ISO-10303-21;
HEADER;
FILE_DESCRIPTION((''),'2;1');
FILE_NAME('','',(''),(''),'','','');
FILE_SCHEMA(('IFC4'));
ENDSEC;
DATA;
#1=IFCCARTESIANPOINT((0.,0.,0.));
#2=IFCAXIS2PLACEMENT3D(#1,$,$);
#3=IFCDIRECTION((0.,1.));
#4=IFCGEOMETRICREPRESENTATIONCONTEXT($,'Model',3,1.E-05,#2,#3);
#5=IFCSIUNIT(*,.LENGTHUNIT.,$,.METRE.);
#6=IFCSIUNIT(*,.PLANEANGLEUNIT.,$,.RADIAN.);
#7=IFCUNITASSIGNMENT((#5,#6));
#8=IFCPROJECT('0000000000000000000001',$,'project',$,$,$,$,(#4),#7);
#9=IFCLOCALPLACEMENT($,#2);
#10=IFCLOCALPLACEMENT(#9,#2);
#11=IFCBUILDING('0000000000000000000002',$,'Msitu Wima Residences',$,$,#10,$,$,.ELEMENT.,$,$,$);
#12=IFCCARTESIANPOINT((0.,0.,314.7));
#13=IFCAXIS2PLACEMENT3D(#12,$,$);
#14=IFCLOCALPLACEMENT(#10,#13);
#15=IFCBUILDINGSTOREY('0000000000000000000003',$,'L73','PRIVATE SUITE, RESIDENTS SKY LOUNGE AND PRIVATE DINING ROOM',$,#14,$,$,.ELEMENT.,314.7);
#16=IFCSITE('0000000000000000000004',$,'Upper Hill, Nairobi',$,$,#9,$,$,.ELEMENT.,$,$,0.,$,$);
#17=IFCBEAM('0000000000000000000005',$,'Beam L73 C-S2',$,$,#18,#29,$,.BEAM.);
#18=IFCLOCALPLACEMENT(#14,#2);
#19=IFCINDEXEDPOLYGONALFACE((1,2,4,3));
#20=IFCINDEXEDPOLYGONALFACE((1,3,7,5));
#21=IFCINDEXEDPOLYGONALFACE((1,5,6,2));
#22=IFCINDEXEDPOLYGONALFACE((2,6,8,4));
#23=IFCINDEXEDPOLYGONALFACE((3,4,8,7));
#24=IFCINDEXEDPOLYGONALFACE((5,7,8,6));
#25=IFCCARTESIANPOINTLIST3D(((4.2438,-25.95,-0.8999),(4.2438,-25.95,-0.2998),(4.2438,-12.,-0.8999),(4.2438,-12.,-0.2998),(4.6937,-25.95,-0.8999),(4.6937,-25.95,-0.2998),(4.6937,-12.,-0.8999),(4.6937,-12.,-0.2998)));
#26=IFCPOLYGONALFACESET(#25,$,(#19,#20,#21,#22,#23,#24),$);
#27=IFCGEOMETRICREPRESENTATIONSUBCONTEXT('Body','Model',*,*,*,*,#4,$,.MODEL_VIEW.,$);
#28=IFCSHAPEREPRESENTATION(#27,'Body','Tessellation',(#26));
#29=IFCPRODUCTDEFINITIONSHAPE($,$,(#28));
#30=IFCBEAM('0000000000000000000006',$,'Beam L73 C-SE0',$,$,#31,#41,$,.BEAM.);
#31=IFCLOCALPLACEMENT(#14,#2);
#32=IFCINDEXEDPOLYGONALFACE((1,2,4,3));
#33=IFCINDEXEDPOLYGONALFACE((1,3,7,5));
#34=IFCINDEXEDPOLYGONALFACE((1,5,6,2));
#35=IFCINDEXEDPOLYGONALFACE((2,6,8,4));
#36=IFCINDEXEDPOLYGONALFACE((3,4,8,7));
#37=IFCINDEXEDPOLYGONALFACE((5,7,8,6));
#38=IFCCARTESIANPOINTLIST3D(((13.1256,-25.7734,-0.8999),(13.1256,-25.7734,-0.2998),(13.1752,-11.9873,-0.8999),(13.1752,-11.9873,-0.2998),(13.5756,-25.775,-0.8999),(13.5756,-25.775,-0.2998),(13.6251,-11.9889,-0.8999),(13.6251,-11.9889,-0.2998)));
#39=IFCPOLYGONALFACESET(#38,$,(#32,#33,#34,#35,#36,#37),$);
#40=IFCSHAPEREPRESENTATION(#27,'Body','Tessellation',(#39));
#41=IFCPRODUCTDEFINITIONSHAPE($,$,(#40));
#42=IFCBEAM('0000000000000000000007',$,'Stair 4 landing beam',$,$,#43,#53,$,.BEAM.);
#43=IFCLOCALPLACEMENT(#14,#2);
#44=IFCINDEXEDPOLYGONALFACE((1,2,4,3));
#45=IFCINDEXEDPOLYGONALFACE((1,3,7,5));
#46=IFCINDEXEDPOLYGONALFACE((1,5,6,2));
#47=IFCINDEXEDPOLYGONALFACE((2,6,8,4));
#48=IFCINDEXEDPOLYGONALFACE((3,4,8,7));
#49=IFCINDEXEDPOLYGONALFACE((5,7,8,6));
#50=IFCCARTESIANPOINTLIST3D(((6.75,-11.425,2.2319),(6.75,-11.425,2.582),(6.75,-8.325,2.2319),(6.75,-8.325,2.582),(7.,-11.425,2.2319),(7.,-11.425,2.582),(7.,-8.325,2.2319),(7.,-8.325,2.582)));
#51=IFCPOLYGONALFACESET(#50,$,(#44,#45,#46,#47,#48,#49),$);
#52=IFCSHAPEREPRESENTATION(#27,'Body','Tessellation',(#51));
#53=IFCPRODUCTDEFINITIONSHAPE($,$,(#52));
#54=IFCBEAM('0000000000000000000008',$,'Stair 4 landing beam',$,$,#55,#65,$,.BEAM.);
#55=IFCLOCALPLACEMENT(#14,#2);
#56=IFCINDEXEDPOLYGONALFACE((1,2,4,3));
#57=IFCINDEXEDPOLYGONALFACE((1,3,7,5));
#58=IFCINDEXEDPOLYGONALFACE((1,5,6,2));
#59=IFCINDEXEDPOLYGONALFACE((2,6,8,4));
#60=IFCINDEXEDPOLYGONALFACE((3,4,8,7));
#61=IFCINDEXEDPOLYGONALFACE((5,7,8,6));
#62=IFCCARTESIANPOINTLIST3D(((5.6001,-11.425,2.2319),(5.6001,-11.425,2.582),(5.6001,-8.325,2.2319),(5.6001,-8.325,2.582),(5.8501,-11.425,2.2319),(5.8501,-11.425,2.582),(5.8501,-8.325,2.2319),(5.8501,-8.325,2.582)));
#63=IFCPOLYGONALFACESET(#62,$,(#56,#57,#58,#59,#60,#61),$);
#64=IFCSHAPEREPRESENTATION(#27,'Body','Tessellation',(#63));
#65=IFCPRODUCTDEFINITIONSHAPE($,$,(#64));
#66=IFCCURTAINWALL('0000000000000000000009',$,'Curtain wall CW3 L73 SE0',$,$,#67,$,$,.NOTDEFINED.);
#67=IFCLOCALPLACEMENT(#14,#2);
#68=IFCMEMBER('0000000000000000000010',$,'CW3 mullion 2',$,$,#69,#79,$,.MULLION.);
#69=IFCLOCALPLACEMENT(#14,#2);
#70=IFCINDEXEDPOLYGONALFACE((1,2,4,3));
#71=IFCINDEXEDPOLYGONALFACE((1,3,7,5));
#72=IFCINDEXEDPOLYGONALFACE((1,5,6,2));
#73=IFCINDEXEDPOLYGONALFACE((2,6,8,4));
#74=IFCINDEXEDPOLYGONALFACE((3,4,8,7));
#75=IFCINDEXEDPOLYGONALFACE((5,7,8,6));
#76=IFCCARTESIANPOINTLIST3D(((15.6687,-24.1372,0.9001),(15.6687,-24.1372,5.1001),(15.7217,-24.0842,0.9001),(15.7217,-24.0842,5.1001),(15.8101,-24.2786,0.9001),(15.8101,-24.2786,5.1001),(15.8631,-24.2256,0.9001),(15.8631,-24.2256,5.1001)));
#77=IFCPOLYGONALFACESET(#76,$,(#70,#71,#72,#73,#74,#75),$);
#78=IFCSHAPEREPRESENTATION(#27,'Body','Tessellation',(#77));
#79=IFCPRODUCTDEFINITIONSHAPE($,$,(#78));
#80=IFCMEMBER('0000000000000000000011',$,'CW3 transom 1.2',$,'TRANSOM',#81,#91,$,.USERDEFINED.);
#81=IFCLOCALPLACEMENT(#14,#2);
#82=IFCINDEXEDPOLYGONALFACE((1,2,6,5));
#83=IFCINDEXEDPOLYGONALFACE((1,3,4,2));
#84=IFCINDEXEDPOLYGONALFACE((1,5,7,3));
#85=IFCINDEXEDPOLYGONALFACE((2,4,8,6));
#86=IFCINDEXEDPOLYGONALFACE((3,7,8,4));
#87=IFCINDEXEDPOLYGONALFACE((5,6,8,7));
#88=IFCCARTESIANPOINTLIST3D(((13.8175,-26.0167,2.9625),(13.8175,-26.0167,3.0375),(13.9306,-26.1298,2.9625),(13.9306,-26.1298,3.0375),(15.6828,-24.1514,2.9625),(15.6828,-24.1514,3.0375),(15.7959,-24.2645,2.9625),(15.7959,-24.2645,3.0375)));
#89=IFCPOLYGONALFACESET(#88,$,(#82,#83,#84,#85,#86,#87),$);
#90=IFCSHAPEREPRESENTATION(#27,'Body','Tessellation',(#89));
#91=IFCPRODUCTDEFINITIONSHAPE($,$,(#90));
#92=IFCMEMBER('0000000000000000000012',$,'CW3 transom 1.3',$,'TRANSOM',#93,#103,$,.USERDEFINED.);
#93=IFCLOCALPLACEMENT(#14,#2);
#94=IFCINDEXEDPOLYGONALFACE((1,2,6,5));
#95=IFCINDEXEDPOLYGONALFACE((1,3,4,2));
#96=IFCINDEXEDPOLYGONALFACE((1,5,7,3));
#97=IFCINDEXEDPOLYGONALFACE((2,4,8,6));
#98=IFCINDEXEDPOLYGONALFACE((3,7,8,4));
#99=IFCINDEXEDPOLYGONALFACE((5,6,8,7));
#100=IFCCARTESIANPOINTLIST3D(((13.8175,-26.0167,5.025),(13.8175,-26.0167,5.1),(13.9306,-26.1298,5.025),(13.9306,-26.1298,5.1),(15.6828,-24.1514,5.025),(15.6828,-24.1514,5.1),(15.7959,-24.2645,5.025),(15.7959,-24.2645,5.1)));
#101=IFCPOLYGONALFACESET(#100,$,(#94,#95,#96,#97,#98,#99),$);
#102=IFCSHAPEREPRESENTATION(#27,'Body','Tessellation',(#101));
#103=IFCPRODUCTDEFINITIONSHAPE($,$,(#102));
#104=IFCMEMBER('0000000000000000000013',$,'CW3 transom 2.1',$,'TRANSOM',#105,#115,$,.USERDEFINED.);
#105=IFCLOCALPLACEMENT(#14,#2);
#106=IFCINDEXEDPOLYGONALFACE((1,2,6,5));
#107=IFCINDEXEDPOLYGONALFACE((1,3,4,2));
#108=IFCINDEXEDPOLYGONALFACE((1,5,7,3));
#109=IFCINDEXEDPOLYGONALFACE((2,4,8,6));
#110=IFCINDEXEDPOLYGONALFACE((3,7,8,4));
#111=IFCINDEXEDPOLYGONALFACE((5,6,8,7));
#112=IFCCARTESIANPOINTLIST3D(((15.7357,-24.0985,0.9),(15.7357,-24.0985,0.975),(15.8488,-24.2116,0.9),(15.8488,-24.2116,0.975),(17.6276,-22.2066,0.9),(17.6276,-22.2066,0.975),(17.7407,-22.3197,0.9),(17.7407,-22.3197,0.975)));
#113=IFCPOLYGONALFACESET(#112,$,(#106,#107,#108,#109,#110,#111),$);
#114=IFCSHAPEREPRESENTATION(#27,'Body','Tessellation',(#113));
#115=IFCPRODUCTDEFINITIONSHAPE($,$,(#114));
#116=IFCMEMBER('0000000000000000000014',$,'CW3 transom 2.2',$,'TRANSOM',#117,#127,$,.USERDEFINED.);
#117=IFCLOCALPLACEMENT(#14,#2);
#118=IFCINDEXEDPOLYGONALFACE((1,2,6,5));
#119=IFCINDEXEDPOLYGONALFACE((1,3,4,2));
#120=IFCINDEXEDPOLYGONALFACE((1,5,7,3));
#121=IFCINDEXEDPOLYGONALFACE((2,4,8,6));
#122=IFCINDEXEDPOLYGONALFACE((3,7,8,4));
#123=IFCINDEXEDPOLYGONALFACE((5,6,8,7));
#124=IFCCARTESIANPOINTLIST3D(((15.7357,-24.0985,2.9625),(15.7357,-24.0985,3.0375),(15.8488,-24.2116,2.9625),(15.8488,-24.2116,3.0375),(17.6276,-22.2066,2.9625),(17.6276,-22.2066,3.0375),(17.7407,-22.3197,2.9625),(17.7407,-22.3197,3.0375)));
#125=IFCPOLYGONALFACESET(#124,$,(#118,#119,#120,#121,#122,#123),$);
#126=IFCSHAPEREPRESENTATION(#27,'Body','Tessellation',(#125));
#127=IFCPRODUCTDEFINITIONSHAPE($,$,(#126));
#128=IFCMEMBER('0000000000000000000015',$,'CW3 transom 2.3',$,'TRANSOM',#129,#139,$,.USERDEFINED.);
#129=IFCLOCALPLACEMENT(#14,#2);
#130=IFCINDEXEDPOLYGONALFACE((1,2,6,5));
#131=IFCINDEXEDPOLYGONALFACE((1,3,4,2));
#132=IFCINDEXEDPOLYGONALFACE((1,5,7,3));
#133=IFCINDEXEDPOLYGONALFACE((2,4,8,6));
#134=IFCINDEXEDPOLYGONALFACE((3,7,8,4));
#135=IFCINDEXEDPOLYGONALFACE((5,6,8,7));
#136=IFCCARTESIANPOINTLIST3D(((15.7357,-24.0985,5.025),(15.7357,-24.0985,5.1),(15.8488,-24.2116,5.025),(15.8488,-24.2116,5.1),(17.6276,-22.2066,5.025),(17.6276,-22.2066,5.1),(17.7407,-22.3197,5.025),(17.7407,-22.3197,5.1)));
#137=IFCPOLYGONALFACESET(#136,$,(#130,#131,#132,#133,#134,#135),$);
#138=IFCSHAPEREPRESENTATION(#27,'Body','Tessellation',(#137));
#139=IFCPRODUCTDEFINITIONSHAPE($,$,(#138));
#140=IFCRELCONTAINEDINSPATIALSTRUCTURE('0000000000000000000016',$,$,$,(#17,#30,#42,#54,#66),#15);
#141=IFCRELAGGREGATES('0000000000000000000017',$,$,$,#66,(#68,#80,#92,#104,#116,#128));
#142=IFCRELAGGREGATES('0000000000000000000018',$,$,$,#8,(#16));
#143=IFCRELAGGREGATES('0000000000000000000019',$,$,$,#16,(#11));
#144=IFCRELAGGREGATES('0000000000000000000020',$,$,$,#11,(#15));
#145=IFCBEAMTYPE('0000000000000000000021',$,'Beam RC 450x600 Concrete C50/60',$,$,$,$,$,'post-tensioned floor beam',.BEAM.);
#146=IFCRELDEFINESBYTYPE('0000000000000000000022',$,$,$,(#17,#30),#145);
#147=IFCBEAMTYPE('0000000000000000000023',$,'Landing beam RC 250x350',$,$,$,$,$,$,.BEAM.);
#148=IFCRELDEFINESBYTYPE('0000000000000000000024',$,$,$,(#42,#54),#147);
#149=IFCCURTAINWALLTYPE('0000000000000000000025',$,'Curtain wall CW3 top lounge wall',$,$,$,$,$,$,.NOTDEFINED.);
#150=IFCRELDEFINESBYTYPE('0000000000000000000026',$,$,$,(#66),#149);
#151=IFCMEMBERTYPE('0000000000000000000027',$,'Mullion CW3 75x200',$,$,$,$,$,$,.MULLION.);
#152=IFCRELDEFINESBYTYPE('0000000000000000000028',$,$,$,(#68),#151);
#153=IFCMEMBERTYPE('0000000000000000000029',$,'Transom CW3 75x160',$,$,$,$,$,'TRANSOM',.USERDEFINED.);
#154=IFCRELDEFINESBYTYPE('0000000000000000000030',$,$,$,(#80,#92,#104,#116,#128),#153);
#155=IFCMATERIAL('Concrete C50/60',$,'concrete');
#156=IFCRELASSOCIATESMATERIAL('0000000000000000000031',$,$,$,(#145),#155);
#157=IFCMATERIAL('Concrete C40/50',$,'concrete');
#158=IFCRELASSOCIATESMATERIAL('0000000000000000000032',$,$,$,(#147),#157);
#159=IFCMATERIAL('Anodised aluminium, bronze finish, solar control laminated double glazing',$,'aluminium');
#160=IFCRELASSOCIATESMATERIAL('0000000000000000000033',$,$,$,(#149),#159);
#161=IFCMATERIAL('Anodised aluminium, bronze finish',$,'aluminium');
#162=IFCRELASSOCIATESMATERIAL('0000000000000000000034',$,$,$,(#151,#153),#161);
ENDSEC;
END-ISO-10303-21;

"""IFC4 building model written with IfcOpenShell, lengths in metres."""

from ifc_helpers import new_model, si_unit, direction, frame, origin, origin_2d, place, context, subcontext, project, spatial, rectangle, extrude, material, material_profile, profile_set, type_object, element, aggregate, save


model = new_model("IFC4")

# Units and contexts
model_context = context("Model", 3, precision=1e-05, world=origin(), true_north=direction((0.0, 1.0)))
body_context = subcontext(model_context, "Body", "Model", "MODEL_VIEW")
ifc_project = project(units=[si_unit("LENGTHUNIT", "METRE"), si_unit("PLANEANGLEUNIT", "RADIAN")], contexts=[model_context])

# Site, building, storey
site_placement = place(None, origin())
site = spatial("IfcSite", under=ifc_project, at=site_placement, Name="Upper Hill, Nairobi", CompositionType="ELEMENT", RefElevation=0.0)
building_placement = place(site_placement, origin())
building = spatial("IfcBuilding", under=site, at=building_placement, Name="Msitu Wima Residences", CompositionType="ELEMENT")
storey_placement = place(building_placement, frame((0.0, 0.0, 314.7)))
storey = spatial("IfcBuildingStorey", under=building, at=storey_placement, Name="L73", Description="PRIVATE SUITE, RESIDENTS SKY LOUNGE AND PRIVATE DINING ROOM", CompositionType="ELEMENT", Elevation=314.7)

# Beams
ifc_material_1 = material(Name="Concrete C50/60", Category="concrete")
ifc_material_profile_1 = material_profile(ifc_material_1, rectangle(XDim=0.45, YDim=0.6001, at=origin_2d()), Name="RC 450x600")
ifc_profile_set_1 = profile_set([ifc_material_profile_1], Name="Concrete C50/60")
beam_type_1 = type_object("IfcBeamType", Name="Beam RC 450x600 Concrete C50/60", ElementType="post-tensioned floor beam", PredefinedType="BEAM", material=ifc_profile_set_1)
beam_1_placement = place(storey_placement, frame((4.4688, -25.95, -0.5999), z_axis=(0.0, 1.0, 0.0), x_axis=(-1.0, 0.0, 0.0)))
element("IfcBeam", 1, at=beam_1_placement, inside=storey, type_object=beam_type_1, Name="Beam L73 C-S2", PredefinedType="BEAM", context=body_context, shape_type="SweptSolid", body=[
    extrude(rectangle(XDim=0.45, YDim=0.6001, at=origin_2d()), origin(), (0.0, 0.0, 1.0), 13.95),
])
beam_2_placement = place(storey_placement, frame((13.3506, -25.7742, -0.5999), z_axis=(0.003595, 0.999994, 0.0), x_axis=(-0.999994, 0.003595, 0.0)))
element("IfcBeam", 2, at=beam_2_placement, inside=storey, type_object=beam_type_1, Name="Beam L73 C-SE0", PredefinedType="BEAM", context=body_context, shape_type="SweptSolid", body=[
    extrude(rectangle(XDim=0.45, YDim=0.6001, at=origin_2d()), origin(), (0.0, 0.0, 1.0), 13.7861),
])
ifc_material_2 = material(Name="Concrete C40/50", Category="concrete")
ifc_material_profile_2 = material_profile(ifc_material_2, rectangle(XDim=0.25, YDim=0.3501, at=origin_2d()), Name="RC 250x350")
ifc_profile_set_2 = profile_set([ifc_material_profile_2], Name="Concrete C40/50")
beam_type_2 = type_object("IfcBeamType", Name="Landing beam RC 250x350", PredefinedType="BEAM", material=ifc_profile_set_2)
for number, where, z_axis, x_axis, name in (
    (3, (6.875, -11.425, 2.407), (0.0, 1.0, 0.0), (-1.0, 0.0, 0.0), "Stair 4 landing beam"),
    (4, (5.7251, -11.425, 2.407), (0.0, 1.0, 0.0), (-1.0, 0.0, 0.0), "Stair 4 landing beam"),
):
    element("IfcBeam", number, at=place(storey_placement, frame(where, z_axis=z_axis, x_axis=x_axis)), inside=storey, type_object=beam_type_2, Name=name, PredefinedType="BEAM", context=body_context, shape_type="SweptSolid", body=[
        extrude(rectangle(XDim=0.25, YDim=0.3501, at=origin_2d()), origin(), (0.0, 0.0, 1.0), 3.1001),
    ])

# Curtain wall, members
ifc_material_3 = material(Name="Anodised aluminium, bronze finish, solar control laminated double glazing", Category="aluminium")
curtain_wall_type = type_object("IfcCurtainWallType", Name="Curtain wall CW3 top lounge wall", PredefinedType="NOTDEFINED", material=ifc_material_3)
curtain_wall_placement = place(storey_placement, origin())
curtain_wall = element("IfcCurtainWall", 5, at=curtain_wall_placement, inside=storey, type_object=curtain_wall_type, Name="Curtain wall CW3 L73 SE0", PredefinedType="NOTDEFINED")
ifc_material_4 = material(Name="Anodised aluminium, bronze finish", Category="aluminium")
ifc_material_profile_3 = material_profile(ifc_material_4, rectangle(XDim=0.2, YDim=0.075, at=origin_2d()), Name="Mullion 75x200")
ifc_profile_set_3 = profile_set([ifc_material_profile_3], Name="Anodised aluminium, bronze finish")
member_type_1 = type_object("IfcMemberType", Name="Mullion CW3 75x200", PredefinedType="MULLION", material=ifc_profile_set_3)
member_1_placement = place(storey_placement, frame((15.7659, -24.1814, 0.9001), z_axis=(0.0, 0.0, 1.0), x_axis=(-0.707107, 0.707107, 0.0)))
member_1 = element("IfcMember", 6, at=member_1_placement, type_object=member_type_1, Name="CW3 mullion 2", PredefinedType="MULLION", context=body_context, shape_type="SweptSolid", body=[
    extrude(rectangle(XDim=0.2, YDim=0.075, at=origin_2d()), origin(), (0.0, 0.0, 1.0), 4.2),
])
ifc_material_profile_4 = material_profile(ifc_material_4, rectangle(XDim=0.1599, YDim=0.075, at=origin_2d()), Name="Transom 75x160")
ifc_profile_set_4 = profile_set([ifc_material_profile_4], Name="Anodised aluminium, bronze finish")
member_type_2 = type_object("IfcMemberType", Name="Transom CW3 75x160", ElementType="TRANSOM", PredefinedType="USERDEFINED", material=ifc_profile_set_4)
member_2_placement = place(storey_placement, frame((13.874, -26.0732, 3.0), z_axis=(0.707107, 0.707107, 0.0), x_axis=(-0.707107, 0.707107, 0.0)))
member_2 = element("IfcMember", 7, at=member_2_placement, type_object=member_type_2, Name="CW3 transom 1.2", ObjectType="TRANSOM", PredefinedType="USERDEFINED", context=body_context, shape_type="SweptSolid", body=[
    extrude(rectangle(XDim=0.1599, YDim=0.075, at=origin_2d()), origin(), (0.0, 0.0, 1.0), 2.6379),
])
member_3_placement = place(storey_placement, frame((13.874, -26.0732, 5.0625), z_axis=(0.707107, 0.707107, 0.0), x_axis=(-0.707107, 0.707107, 0.0)))
member_3 = element("IfcMember", 8, at=member_3_placement, type_object=member_type_2, Name="CW3 transom 1.3", ObjectType="TRANSOM", PredefinedType="USERDEFINED", context=body_context, shape_type="SweptSolid", body=[
    extrude(rectangle(XDim=0.1599, YDim=0.075, at=origin_2d()), origin(), (0.0, 0.0, 1.0), 2.6379),
])
member_4_placement = place(storey_placement, frame((15.7922, -24.155, 0.9375), z_axis=(0.707107, 0.707107, 0.0), x_axis=(-0.707107, 0.707107, 0.0)))
member_4 = element("IfcMember", 9, at=member_4_placement, type_object=member_type_2, Name="CW3 transom 2.1", ObjectType="TRANSOM", PredefinedType="USERDEFINED", context=body_context, shape_type="SweptSolid", body=[
    extrude(rectangle(XDim=0.1599, YDim=0.075, at=origin_2d()), origin(), (0.0, 0.0, 1.0), 2.6755),
])
member_5_placement = place(storey_placement, frame((15.7922, -24.155, 3.0), z_axis=(0.707107, 0.707107, 0.0), x_axis=(-0.707107, 0.707107, 0.0)))
member_5 = element("IfcMember", 10, at=member_5_placement, type_object=member_type_2, Name="CW3 transom 2.2", ObjectType="TRANSOM", PredefinedType="USERDEFINED", context=body_context, shape_type="SweptSolid", body=[
    extrude(rectangle(XDim=0.1599, YDim=0.075, at=origin_2d()), origin(), (0.0, 0.0, 1.0), 2.6755),
])
member_6_placement = place(storey_placement, frame((15.7922, -24.155, 5.0625), z_axis=(0.707107, 0.707107, 0.0), x_axis=(-0.707107, 0.707107, 0.0)))
member_6 = element("IfcMember", 11, at=member_6_placement, type_object=member_type_2, Name="CW3 transom 2.3", ObjectType="TRANSOM", PredefinedType="USERDEFINED", context=body_context, shape_type="SweptSolid", body=[
    extrude(rectangle(XDim=0.1599, YDim=0.075, at=origin_2d()), origin(), (0.0, 0.0, 1.0), 2.6755),
])

aggregate(curtain_wall, [member_1, member_2, member_3, member_4, member_5, member_6])

save(model, "model.ifc")
